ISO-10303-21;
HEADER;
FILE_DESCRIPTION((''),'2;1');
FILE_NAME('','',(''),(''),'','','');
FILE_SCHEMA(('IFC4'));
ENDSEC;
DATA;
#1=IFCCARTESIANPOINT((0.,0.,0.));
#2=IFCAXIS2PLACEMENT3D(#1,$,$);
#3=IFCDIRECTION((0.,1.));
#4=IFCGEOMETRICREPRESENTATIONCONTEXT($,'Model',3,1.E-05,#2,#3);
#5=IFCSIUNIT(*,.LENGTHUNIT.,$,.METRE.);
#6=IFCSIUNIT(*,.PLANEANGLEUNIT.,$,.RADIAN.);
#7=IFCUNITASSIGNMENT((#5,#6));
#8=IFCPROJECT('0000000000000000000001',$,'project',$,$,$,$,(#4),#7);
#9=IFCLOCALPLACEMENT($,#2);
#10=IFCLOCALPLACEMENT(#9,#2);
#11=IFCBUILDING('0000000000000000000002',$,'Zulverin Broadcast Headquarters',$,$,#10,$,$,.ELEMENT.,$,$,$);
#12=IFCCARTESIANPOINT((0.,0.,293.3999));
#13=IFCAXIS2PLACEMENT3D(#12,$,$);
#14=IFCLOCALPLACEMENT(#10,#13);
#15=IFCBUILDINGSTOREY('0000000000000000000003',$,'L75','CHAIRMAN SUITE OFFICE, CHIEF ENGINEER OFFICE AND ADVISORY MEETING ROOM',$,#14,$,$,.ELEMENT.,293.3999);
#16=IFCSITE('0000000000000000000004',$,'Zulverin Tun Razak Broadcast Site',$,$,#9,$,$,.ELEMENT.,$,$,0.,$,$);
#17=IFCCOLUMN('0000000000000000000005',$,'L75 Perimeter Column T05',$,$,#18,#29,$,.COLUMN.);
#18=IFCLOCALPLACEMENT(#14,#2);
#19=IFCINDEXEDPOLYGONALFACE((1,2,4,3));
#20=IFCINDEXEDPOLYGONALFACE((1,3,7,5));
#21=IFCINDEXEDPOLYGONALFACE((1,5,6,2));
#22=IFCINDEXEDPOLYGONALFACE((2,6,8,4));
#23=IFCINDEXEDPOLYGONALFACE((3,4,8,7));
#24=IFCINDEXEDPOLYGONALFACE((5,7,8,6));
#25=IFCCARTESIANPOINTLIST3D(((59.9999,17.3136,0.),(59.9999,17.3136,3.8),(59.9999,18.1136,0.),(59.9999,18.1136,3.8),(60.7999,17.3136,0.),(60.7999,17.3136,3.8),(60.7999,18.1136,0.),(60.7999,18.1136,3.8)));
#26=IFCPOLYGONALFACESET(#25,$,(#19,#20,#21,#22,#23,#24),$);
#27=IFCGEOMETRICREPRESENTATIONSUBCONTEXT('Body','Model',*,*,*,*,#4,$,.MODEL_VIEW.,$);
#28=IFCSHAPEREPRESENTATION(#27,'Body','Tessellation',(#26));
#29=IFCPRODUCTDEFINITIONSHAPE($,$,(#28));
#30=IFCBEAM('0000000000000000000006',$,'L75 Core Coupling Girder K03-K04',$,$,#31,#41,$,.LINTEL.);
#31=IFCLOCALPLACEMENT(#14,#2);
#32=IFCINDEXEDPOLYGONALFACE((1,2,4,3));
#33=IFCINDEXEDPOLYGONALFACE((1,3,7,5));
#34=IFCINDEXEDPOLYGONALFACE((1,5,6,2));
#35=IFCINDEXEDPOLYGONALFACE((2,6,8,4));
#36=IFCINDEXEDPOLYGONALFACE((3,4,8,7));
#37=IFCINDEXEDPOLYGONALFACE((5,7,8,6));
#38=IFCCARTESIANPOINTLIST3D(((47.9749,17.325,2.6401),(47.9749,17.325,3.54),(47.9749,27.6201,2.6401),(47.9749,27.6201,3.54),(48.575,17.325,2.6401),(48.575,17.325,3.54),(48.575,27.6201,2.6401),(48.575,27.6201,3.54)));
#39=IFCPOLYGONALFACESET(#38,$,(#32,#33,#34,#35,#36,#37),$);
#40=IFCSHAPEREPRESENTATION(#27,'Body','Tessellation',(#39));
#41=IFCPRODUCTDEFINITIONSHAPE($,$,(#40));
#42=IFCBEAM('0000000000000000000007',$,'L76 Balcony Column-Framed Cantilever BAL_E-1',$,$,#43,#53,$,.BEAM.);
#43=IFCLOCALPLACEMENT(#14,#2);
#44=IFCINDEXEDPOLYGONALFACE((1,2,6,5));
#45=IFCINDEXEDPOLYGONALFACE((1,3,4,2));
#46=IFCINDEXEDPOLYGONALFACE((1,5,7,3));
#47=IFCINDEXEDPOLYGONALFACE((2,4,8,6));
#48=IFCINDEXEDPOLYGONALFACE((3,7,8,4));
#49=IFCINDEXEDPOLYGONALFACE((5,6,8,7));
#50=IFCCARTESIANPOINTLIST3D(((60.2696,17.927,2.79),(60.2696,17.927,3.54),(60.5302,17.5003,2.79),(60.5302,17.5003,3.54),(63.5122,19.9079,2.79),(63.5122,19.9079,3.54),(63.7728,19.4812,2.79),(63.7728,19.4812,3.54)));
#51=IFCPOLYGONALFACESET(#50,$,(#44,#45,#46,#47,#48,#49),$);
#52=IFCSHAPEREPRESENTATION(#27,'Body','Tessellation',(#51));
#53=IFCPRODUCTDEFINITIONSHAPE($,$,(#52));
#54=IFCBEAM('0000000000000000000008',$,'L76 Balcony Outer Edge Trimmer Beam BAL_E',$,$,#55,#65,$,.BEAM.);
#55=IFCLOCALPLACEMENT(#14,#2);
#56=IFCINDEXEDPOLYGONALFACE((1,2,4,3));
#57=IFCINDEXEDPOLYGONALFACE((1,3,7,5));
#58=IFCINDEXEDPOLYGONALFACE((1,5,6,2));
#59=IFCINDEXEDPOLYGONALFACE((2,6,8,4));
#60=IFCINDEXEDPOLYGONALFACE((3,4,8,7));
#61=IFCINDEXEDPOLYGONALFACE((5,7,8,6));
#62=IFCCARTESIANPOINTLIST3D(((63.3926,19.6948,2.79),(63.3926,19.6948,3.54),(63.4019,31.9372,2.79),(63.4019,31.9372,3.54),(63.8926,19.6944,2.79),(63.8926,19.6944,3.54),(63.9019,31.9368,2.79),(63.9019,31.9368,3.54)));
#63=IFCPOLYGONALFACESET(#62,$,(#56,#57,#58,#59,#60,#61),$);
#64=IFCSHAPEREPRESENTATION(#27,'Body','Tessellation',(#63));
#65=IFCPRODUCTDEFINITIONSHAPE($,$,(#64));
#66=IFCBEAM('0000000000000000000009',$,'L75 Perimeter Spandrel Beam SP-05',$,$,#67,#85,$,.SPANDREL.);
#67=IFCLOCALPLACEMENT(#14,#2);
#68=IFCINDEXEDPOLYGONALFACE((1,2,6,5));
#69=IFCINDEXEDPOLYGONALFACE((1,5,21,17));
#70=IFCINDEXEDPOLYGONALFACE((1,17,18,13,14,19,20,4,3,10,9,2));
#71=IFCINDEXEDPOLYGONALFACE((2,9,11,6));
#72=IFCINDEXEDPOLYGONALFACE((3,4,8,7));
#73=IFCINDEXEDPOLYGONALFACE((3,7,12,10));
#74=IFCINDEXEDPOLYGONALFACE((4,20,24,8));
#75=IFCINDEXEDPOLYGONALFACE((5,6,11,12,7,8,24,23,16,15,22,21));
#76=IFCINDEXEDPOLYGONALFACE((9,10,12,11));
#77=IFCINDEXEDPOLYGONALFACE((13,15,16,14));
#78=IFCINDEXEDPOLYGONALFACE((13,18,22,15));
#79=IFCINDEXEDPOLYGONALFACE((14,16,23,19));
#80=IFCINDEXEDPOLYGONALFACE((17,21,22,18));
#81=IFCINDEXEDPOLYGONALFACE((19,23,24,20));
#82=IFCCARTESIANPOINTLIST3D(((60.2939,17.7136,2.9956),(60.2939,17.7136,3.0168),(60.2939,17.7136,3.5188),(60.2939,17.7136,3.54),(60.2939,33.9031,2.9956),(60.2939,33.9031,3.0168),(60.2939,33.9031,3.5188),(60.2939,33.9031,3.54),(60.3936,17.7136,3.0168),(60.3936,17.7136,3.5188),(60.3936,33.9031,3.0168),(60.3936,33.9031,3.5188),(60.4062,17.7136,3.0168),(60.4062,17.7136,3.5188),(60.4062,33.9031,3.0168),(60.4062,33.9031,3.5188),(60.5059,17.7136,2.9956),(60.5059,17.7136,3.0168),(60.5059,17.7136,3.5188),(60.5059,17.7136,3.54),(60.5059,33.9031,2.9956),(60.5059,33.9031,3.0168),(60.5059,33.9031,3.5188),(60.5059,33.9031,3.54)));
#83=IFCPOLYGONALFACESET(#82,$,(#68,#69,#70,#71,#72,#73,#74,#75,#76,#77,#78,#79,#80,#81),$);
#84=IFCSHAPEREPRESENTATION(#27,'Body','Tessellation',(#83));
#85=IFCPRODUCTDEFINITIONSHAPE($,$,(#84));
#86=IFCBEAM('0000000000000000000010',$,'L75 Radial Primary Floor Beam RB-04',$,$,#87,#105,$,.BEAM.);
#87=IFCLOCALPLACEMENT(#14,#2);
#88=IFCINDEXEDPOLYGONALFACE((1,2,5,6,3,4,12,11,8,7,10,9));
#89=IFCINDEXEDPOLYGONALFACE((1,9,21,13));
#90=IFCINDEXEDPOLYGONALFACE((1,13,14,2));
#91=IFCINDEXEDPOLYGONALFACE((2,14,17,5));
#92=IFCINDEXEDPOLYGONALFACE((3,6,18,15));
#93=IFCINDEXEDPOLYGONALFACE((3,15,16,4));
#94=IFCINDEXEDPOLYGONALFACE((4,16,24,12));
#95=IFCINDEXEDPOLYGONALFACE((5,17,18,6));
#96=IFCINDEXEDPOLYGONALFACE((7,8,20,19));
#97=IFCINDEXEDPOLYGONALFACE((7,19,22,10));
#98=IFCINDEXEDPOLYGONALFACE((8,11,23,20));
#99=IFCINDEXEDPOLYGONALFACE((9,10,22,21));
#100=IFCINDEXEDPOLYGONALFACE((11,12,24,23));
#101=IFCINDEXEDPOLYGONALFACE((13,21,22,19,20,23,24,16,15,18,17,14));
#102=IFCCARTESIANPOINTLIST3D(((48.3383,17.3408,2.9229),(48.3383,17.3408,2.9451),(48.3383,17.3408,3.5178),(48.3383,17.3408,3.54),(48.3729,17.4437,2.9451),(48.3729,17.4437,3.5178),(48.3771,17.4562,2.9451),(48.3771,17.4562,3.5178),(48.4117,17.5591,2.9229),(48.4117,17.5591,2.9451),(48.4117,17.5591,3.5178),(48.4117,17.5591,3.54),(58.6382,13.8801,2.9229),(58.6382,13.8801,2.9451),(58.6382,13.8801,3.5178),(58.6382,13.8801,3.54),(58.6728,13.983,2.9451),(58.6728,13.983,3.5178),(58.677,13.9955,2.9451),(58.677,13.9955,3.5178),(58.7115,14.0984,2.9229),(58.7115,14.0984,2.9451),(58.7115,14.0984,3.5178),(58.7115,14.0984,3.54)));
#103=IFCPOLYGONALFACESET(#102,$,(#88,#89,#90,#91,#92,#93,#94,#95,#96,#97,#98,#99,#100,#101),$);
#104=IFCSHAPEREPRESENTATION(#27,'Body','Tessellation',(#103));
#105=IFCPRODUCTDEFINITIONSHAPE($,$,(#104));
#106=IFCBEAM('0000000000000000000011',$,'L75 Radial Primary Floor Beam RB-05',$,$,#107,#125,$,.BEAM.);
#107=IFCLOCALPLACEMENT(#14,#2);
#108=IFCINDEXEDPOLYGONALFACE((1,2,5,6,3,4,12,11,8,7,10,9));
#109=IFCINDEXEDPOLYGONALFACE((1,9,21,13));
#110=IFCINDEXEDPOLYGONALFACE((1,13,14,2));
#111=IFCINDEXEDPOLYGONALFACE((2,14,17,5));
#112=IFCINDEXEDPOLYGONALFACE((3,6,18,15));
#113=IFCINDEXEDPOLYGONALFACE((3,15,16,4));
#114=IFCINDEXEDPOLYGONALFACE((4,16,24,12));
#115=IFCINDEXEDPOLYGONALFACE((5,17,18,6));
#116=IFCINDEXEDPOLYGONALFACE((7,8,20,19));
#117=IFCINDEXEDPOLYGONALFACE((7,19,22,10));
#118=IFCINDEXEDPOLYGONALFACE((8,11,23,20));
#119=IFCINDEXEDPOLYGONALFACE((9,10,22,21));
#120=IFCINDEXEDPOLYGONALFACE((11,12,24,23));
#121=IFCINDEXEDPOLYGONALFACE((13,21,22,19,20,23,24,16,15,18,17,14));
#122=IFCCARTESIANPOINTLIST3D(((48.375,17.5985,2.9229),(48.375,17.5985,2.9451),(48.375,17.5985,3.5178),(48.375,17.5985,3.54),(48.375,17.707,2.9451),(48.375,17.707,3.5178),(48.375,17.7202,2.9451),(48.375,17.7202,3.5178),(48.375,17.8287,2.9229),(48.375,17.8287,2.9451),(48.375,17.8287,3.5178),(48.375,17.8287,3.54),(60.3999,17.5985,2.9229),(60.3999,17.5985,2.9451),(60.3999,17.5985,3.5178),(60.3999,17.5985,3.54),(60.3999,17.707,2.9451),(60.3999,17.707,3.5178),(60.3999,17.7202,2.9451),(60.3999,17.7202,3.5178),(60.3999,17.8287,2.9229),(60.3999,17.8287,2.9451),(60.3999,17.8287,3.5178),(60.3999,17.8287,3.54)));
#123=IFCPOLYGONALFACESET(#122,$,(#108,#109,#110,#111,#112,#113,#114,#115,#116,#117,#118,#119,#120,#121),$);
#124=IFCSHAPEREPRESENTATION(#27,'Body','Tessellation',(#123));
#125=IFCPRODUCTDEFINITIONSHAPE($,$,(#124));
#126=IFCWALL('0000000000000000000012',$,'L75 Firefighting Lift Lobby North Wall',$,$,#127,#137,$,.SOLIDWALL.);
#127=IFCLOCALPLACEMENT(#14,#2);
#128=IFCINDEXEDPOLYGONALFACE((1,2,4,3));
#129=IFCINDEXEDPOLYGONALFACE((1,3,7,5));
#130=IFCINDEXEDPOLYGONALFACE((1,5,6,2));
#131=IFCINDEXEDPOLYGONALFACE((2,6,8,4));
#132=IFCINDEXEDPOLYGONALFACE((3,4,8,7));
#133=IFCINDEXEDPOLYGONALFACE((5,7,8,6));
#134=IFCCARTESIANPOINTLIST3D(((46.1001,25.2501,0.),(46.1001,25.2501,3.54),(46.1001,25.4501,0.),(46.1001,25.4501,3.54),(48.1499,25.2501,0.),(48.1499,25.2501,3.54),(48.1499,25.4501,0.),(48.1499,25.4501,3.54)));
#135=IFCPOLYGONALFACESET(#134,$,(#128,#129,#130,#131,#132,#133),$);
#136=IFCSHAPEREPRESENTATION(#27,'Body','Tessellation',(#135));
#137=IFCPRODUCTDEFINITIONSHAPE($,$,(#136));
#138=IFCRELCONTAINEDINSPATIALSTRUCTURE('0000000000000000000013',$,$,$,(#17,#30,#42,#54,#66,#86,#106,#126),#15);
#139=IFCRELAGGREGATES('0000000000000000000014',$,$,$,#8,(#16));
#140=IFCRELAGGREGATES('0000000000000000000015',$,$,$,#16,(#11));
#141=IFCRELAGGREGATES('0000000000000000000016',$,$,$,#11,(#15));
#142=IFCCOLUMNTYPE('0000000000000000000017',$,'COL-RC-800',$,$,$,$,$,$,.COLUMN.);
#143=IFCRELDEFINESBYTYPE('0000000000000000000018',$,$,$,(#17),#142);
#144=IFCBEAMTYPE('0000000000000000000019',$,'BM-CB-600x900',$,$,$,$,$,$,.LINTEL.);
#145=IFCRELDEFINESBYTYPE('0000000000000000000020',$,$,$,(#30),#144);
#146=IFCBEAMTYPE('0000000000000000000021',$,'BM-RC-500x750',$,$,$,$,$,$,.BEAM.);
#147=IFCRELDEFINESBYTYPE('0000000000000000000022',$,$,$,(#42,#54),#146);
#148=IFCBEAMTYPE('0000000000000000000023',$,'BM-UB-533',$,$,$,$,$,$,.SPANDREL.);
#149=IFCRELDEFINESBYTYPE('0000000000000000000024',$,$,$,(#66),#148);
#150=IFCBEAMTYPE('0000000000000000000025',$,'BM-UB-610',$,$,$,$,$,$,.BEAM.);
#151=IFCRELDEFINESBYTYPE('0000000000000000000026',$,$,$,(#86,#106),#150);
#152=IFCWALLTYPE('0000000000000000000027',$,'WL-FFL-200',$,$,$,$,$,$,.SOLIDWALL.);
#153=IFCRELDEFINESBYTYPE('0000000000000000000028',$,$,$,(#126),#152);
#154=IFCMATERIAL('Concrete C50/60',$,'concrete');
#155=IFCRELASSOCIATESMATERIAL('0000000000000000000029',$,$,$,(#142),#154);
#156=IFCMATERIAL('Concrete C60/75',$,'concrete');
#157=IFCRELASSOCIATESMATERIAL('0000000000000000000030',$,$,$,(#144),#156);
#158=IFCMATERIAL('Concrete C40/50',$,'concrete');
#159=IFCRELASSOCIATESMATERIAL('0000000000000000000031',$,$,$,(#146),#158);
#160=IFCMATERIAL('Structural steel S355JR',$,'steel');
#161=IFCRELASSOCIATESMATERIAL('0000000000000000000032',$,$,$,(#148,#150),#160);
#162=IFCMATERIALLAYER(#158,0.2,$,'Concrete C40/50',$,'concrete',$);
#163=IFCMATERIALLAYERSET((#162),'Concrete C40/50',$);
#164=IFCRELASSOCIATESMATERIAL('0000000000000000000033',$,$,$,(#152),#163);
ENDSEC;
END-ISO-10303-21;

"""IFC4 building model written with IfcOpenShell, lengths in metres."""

from ifc_helpers import new_model, si_unit, direction, frame, frame_2d, origin, origin_2d, place, context, subcontext, project, spatial, rectangle, i_section, extrude, material, layer, layer_set, material_profile, profile_set, type_object, element, save


model = new_model("IFC4")

# Units and contexts
model_context = context("Model", 3, precision=1e-05, world=origin(), true_north=direction((0.0, 1.0)))
body_context = subcontext(model_context, "Body", "Model", "MODEL_VIEW")
ifc_project = project(units=[si_unit("LENGTHUNIT", "METRE"), si_unit("PLANEANGLEUNIT", "RADIAN")], contexts=[model_context])

# Site, building, storey
site_placement = place(None, origin())
site = spatial("IfcSite", under=ifc_project, at=site_placement, Name="Zulverin Tun Razak Broadcast Site", CompositionType="ELEMENT", RefElevation=0.0)
building_placement = place(site_placement, origin())
building = spatial("IfcBuilding", under=site, at=building_placement, Name="Zulverin Broadcast Headquarters", CompositionType="ELEMENT")
storey_placement = place(building_placement, frame((0.0, 0.0, 293.3999)))
storey = spatial("IfcBuildingStorey", under=building, at=storey_placement, Name="L75", Description="CHAIRMAN SUITE OFFICE, CHIEF ENGINEER OFFICE AND ADVISORY MEETING ROOM", CompositionType="ELEMENT", Elevation=293.3999)

# Column
ifc_material_1 = material(Name="Concrete C50/60", Category="concrete")
ifc_material_profile_1 = material_profile(ifc_material_1, rectangle(XDim=0.8, YDim=0.8, at=origin_2d()), Name="Concrete C50/60", Category="concrete")
ifc_profile_set_1 = profile_set([ifc_material_profile_1], Name="Concrete C50/60")
column_type = type_object("IfcColumnType", Name="COL-RC-800", PredefinedType="COLUMN", material=ifc_profile_set_1)
column_placement = place(storey_placement, frame((60.3999, 17.7136, 0.0), z_axis=(0.0, 0.0, 1.0), x_axis=(1.0, 0.0, 0.0)))
element("IfcColumn", 1, at=column_placement, inside=storey, type_object=column_type, Name="L75 Perimeter Column T05", PredefinedType="COLUMN", context=body_context, shape_type="SweptSolid", body=[
    extrude(rectangle(XDim=0.8, YDim=0.8, at=origin_2d()), origin(), (0.0, 0.0, 1.0), 3.8),
])

# Beams
ifc_material_2 = material(Name="Concrete C60/75", Category="concrete")
ifc_material_profile_2 = material_profile(ifc_material_2, rectangle(XDim=0.6001, YDim=0.8999, at=origin_2d()), Name="Concrete C60/75", Category="concrete")
ifc_profile_set_2 = profile_set([ifc_material_profile_2], Name="Concrete C60/75")
beam_type_1 = type_object("IfcBeamType", Name="BM-CB-600x900", PredefinedType="LINTEL", material=ifc_profile_set_2)
beam_1_placement = place(storey_placement, frame((48.2749, 17.325, 3.0901), z_axis=(0.0, 1.0, 0.0), x_axis=(-1.0, 0.0, 0.0)))
element("IfcBeam", 2, at=beam_1_placement, inside=storey, type_object=beam_type_1, Name="L75 Core Coupling Girder K03-K04", PredefinedType="LINTEL", context=body_context, shape_type="SweptSolid", body=[
    extrude(rectangle(XDim=0.6001, YDim=0.8999, at=origin_2d()), origin(), (0.0, 0.0, 1.0), 10.2952),
])
ifc_material_3 = material(Name="Concrete C40/50", Category="concrete")
ifc_material_profile_3 = material_profile(ifc_material_3, rectangle(XDim=0.5, YDim=0.75, at=origin_2d()), Name="Concrete C40/50", Category="concrete")
ifc_profile_set_3 = profile_set([ifc_material_profile_3], Name="Concrete C40/50")
beam_type_2 = type_object("IfcBeamType", Name="BM-RC-500x750", PredefinedType="BEAM", material=ifc_profile_set_3)
beam_2_placement = place(storey_placement, frame((60.3999, 17.7136, 3.165), z_axis=(0.853361, 0.52132, 0.0), x_axis=(-0.52132, 0.853361, 0.0)))
element("IfcBeam", 3, at=beam_2_placement, inside=storey, type_object=beam_type_2, Name="L76 Balcony Column-Framed Cantilever BAL_E-1", PredefinedType="BEAM", context=body_context, shape_type="SweptSolid", body=[
    extrude(rectangle(XDim=0.5, YDim=0.75, at=origin_2d()), origin(), (0.0, 0.0, 1.0), 3.7998),
])
beam_3_placement = place(storey_placement, frame((63.6426, 19.6946, 3.165), z_axis=(0.000758, 1.0, 0.0), x_axis=(-1.0, 0.000758, 0.0)))
element("IfcBeam", 4, at=beam_3_placement, inside=storey, type_object=beam_type_2, Name="L76 Balcony Outer Edge Trimmer Beam BAL_E", PredefinedType="BEAM", context=body_context, shape_type="SweptSolid", body=[
    extrude(rectangle(XDim=0.5, YDim=0.75, at=origin_2d()), origin(), (0.0, 0.0, 1.0), 12.2424),
])
ifc_material_4 = material(Name="Structural steel S355JR", Category="steel")
ifc_material_profile_4 = material_profile(ifc_material_4, i_section(OverallWidth=0.2119, OverallDepth=0.5444, WebThickness=0.0127, FlangeThickness=0.0212, at=origin_2d()), Name="Structural steel S355JR", Category="steel")
ifc_profile_set_4 = profile_set([ifc_material_profile_4], Name="Structural steel S355JR")
beam_type_3 = type_object("IfcBeamType", Name="BM-UB-533", PredefinedType="SPANDREL", material=ifc_profile_set_4)
beam_4_placement = place(storey_placement, frame((60.3999, 17.7136, 3.2678), z_axis=(0.0, 1.0, 0.0), x_axis=(-1.0, 0.0, 0.0)))
element("IfcBeam", 5, at=beam_4_placement, inside=storey, type_object=beam_type_3, Name="L75 Perimeter Spandrel Beam SP-05", PredefinedType="SPANDREL", context=body_context, shape_type="SweptSolid", body=[
    extrude(i_section(OverallWidth=0.2119, OverallDepth=0.5444, WebThickness=0.0127, FlangeThickness=0.0212, at=origin_2d()), origin(), (0.0, 0.0, 1.0), 16.1895),
])
ifc_material_profile_5 = material_profile(ifc_material_4, i_section(OverallWidth=0.2302, OverallDepth=0.6172, WebThickness=0.0132, FlangeThickness=0.0222, at=origin_2d()), Name="Structural steel S355JR", Category="steel")
ifc_profile_set_5 = profile_set([ifc_material_profile_5], Name="Structural steel S355JR")
beam_type_4 = type_object("IfcBeamType", Name="BM-UB-610", PredefinedType="BEAM", material=ifc_profile_set_5)
beam_5_placement = place(storey_placement, frame((48.375, 17.45, 3.2314), z_axis=(0.947923, -0.318498, 0.0), x_axis=(0.318498, 0.947923, 0.0)))
element("IfcBeam", 6, at=beam_5_placement, inside=storey, type_object=beam_type_4, Name="L75 Radial Primary Floor Beam RB-04", PredefinedType="BEAM", context=body_context, shape_type="SweptSolid", body=[
    extrude(i_section(OverallWidth=0.2302, OverallDepth=0.6172, WebThickness=0.0132, FlangeThickness=0.0222, at=origin_2d()), origin(), (0.0, 0.0, 1.0), 10.8657),
])
beam_6_placement = place(storey_placement, frame((48.375, 17.7136, 3.2314), z_axis=(1.0, 0.0, 0.0), x_axis=(0.0, 1.0, 0.0)))
element("IfcBeam", 7, at=beam_6_placement, inside=storey, type_object=beam_type_4, Name="L75 Radial Primary Floor Beam RB-05", PredefinedType="BEAM", context=body_context, shape_type="SweptSolid", body=[
    extrude(i_section(OverallWidth=0.2302, OverallDepth=0.6172, WebThickness=0.0132, FlangeThickness=0.0222, at=origin_2d()), origin(), (0.0, 0.0, 1.0), 12.0249),
])

# Wall
ifc_layer_1 = layer(ifc_material_3, 0.2, Name="Concrete C40/50", Category="concrete")
ifc_layer_set_1 = layer_set([ifc_layer_1], Name="Concrete C40/50")
wall_type_1 = type_object("IfcWallType", Name="WL-FFL-200", PredefinedType="SOLIDWALL", material=ifc_layer_set_1)
wall_1_placement = place(storey_placement, frame((46.1001, 25.3501, 0.0), z_axis=(0.0, 0.0, 1.0), x_axis=(1.0, 0.0, 0.0)))
element("IfcWall", 8, at=wall_1_placement, inside=storey, type_object=wall_type_1, Name="L75 Firefighting Lift Lobby North Wall", PredefinedType="SOLIDWALL", context=body_context, shape_type="SweptSolid", body=[
    extrude(rectangle(XDim=2.0498, YDim=0.2, at=frame_2d((1.0249, 0.0))), origin(), (0.0, 0.0, 1.0), 3.54),
])

save(model, "model.ifc")
